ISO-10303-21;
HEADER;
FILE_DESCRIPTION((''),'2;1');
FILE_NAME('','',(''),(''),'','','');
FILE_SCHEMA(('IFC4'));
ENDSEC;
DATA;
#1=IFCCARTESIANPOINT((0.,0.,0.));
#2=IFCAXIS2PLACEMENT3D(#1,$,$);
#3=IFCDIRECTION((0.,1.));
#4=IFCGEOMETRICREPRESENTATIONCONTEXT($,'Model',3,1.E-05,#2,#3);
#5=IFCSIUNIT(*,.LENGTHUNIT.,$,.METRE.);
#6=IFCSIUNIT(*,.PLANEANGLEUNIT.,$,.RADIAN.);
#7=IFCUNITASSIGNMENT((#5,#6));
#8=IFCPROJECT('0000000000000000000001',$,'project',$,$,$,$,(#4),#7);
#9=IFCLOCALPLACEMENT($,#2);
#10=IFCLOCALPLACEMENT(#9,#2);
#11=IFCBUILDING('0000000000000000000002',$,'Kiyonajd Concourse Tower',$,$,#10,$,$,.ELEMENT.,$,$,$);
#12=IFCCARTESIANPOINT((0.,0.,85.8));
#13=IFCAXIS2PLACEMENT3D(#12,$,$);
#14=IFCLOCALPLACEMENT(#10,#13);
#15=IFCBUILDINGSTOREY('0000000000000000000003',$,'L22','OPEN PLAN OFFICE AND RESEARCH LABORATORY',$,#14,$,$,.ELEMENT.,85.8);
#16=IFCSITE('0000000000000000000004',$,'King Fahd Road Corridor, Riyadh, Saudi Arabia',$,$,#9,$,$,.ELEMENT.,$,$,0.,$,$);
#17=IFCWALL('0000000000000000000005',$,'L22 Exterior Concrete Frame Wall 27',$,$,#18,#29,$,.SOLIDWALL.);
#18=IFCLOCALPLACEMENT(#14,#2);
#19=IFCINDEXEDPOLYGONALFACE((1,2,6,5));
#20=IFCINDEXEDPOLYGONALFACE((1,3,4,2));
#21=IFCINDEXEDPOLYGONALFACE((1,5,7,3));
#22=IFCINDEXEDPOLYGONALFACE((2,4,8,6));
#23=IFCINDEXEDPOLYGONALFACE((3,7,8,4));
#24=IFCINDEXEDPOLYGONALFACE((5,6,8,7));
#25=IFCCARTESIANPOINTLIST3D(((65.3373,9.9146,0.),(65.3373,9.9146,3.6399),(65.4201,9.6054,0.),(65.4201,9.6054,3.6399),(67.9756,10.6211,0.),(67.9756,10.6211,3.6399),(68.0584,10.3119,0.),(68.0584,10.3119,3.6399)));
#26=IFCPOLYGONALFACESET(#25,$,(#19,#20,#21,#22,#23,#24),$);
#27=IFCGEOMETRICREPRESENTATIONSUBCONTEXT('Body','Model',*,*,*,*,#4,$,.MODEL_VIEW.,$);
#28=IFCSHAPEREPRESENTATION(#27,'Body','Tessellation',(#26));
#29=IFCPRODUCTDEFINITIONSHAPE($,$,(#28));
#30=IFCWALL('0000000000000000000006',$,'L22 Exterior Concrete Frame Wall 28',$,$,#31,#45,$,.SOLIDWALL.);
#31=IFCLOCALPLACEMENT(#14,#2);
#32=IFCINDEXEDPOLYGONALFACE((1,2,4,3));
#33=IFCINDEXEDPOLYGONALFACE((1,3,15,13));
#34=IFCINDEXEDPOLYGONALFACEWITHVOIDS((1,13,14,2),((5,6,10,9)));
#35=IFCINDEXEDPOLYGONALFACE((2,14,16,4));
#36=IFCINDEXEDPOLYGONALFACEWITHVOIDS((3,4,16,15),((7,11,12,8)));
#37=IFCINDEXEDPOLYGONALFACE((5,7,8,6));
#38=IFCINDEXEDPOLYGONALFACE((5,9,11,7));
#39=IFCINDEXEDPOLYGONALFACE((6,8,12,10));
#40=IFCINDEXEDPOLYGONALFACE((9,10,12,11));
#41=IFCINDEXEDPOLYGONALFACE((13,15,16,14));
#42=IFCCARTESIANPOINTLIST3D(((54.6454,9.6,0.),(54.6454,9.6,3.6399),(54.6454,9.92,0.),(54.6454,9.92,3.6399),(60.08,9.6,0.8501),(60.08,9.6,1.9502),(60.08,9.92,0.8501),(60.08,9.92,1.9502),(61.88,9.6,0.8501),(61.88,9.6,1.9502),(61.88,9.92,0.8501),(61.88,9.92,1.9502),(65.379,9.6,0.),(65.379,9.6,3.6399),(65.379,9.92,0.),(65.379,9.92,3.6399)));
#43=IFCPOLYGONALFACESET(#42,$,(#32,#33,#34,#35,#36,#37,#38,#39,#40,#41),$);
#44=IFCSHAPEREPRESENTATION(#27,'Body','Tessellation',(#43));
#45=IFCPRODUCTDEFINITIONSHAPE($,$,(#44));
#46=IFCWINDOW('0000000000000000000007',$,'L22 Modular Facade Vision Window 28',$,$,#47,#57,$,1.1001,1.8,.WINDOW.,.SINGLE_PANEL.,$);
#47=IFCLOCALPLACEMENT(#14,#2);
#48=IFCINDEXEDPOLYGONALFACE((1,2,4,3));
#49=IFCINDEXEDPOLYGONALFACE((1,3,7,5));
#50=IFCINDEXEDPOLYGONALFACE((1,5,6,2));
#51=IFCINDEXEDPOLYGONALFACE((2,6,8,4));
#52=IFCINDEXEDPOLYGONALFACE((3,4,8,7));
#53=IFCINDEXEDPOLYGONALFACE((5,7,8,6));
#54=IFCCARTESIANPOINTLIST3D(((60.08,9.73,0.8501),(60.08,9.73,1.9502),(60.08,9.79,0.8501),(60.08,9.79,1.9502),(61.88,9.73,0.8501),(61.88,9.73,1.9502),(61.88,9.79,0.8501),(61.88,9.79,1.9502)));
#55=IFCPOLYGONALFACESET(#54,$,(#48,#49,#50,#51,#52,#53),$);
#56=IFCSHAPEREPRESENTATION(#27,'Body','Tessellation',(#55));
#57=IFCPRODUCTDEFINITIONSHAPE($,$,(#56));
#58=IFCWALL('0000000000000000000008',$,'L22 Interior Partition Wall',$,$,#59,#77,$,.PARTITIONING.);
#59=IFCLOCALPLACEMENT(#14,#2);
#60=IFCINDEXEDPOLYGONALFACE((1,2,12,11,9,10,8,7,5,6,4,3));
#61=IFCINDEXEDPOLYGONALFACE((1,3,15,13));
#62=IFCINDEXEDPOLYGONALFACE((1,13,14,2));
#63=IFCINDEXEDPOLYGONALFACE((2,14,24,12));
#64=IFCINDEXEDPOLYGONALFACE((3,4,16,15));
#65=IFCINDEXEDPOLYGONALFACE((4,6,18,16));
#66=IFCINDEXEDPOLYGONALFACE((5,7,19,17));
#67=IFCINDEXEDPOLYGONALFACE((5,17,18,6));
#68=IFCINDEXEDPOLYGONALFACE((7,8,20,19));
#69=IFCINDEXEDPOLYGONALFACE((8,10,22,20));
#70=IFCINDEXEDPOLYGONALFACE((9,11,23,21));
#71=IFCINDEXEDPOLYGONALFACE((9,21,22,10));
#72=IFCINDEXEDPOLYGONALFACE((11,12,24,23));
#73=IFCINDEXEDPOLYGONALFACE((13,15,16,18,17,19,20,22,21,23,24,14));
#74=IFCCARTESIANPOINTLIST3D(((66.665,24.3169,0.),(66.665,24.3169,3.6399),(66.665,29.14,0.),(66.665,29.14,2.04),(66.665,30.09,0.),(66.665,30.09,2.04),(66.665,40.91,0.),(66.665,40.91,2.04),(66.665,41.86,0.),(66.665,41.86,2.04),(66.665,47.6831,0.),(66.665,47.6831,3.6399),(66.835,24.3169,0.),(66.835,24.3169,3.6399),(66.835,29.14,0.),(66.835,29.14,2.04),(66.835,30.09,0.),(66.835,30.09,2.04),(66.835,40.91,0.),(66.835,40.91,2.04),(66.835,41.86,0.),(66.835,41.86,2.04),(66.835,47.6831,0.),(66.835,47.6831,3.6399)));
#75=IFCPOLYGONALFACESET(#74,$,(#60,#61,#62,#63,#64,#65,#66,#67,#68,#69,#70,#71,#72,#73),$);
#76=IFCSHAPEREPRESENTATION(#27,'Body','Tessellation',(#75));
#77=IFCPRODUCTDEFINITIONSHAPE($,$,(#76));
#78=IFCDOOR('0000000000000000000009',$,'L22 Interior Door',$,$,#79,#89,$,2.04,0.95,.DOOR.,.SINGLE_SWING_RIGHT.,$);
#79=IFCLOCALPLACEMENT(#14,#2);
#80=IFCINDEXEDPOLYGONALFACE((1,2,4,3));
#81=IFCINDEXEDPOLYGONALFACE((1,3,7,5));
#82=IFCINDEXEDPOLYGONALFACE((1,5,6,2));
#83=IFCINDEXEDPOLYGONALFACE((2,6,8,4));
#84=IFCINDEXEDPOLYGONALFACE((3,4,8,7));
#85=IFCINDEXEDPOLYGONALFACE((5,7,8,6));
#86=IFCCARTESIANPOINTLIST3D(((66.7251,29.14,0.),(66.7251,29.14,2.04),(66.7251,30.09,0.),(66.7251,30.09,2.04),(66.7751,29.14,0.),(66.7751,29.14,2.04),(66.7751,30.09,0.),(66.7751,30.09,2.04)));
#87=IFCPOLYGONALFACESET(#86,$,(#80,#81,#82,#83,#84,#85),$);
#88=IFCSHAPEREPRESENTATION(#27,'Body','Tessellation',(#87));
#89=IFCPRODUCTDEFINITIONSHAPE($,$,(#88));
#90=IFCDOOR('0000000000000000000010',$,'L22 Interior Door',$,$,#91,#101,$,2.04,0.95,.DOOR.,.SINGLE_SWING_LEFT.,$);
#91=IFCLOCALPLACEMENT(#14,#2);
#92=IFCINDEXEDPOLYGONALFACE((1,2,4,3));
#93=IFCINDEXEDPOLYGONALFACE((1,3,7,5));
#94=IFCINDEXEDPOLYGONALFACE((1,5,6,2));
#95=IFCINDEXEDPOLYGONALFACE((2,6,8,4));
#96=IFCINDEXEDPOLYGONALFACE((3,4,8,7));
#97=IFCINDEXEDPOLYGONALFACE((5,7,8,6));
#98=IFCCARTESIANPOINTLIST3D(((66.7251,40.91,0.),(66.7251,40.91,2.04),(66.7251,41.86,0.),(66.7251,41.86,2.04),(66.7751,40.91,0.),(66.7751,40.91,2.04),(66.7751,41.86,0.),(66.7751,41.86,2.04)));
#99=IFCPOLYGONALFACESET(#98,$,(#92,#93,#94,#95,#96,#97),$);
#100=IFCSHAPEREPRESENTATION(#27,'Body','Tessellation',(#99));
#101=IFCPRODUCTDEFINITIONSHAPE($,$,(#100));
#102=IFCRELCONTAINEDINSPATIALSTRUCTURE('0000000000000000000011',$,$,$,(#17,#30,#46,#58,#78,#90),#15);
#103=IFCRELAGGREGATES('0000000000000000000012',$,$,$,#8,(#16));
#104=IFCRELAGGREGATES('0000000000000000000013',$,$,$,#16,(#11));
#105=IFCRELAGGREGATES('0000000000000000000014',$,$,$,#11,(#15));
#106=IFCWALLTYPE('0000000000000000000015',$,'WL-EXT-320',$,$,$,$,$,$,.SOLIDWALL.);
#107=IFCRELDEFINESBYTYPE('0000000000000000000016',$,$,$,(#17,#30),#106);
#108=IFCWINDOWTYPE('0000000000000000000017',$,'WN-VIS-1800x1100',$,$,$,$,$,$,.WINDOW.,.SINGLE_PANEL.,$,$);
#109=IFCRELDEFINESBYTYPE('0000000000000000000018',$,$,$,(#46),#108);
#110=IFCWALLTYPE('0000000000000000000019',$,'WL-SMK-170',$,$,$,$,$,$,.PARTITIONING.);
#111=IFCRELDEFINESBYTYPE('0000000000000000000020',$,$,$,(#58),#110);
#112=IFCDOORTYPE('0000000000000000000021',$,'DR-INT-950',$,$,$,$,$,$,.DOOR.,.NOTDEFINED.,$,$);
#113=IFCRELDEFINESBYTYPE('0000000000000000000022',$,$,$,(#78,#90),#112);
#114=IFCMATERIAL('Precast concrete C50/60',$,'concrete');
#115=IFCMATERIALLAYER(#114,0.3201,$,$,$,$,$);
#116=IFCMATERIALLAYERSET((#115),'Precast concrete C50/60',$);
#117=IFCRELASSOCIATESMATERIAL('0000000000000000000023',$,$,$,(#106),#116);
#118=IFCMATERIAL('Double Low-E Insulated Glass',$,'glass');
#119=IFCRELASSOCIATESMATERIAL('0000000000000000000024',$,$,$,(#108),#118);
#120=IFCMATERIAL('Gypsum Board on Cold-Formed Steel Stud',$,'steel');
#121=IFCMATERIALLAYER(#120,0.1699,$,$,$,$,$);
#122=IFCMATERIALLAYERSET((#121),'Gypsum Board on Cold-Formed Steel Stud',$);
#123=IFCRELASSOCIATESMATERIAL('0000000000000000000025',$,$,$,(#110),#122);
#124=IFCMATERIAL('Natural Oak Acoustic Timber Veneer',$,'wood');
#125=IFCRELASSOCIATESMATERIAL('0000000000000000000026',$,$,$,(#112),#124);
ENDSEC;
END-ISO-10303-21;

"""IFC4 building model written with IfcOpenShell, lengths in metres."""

from ifc_helpers import new_model, si_unit, direction, frame, frame_2d, origin, place, context, subcontext, project, spatial, rectangle, extrude, material, layer, layer_set, type_object, element, fill, save


model = new_model("IFC4")

# Units and contexts
model_context = context("Model", 3, precision=1e-05, world=origin(), true_north=direction((0.0, 1.0)))
body_context = subcontext(model_context, "Body", "Model", "MODEL_VIEW")
ifc_project = project(units=[si_unit("LENGTHUNIT", "METRE"), si_unit("PLANEANGLEUNIT", "RADIAN")], contexts=[model_context])

# Site, building, storey
site_placement = place(None, origin())
site = spatial("IfcSite", under=ifc_project, at=site_placement, Name="King Fahd Road Corridor, Riyadh, Saudi Arabia", CompositionType="ELEMENT", RefElevation=0.0)
building_placement = place(site_placement, origin())
building = spatial("IfcBuilding", under=site, at=building_placement, Name="Kiyonajd Concourse Tower", CompositionType="ELEMENT")
storey_placement = place(building_placement, frame((0.0, 0.0, 85.8)))
storey = spatial("IfcBuildingStorey", under=building, at=storey_placement, Name="L22", Description="OPEN PLAN OFFICE AND RESEARCH LABORATORY", CompositionType="ELEMENT", Elevation=85.8)

# Shared definitions
ifc_material_1 = material(Name="Precast concrete C50/60", Category="concrete")

# Shared definitions
ifc_material_2 = material(Name="Double Low-E Insulated Glass", Category="glass")

# Wall
ifc_layer_1 = layer(ifc_material_1, 0.3201)
ifc_layer_set_1 = layer_set([ifc_layer_1], Name="Precast concrete C50/60")
wall_type_1 = type_object("IfcWallType", Name="WL-EXT-320", PredefinedType="SOLIDWALL", material=ifc_layer_set_1)
wall_1_placement = place(storey_placement, frame((68.0171, 10.4666, 0.0), z_axis=(0.0, 0.0, 1.0), x_axis=(-0.965958, -0.258697, 0.0)))
element("IfcWall", 1, at=wall_1_placement, inside=storey, type_object=wall_type_1, Name="L22 Exterior Concrete Frame Wall 27", PredefinedType="SOLIDWALL", context=body_context, shape_type="SweptSolid", body=[
    extrude(rectangle(XDim=2.7312, YDim=0.3201, at=frame_2d((1.3657, 0.0))), origin(), (0.0, 0.0, 1.0), 3.6399),
])

# Wall, opening, window
wall_2_placement = place(storey_placement, frame((65.3789, 9.76, 0.0), z_axis=(0.0, 0.0, 1.0), x_axis=(-1.0, 0.0, 0.0)))
wall_2 = element("IfcWall", 2, at=wall_2_placement, inside=storey, type_object=wall_type_1, Name="L22 Exterior Concrete Frame Wall 28", PredefinedType="SOLIDWALL", context=body_context, shape_type="SweptSolid", body=[
    extrude(rectangle(XDim=10.7336, YDim=0.3201, at=frame_2d((5.3667, 0.0))), origin(), (0.0, 0.0, 1.0), 3.6399),
])
opening_1_placement = place(wall_2_placement, frame((3.499, 0.0, 0.8501)))
opening_1 = element("IfcOpeningElement", 3, at=opening_1_placement, cuts=wall_2, PredefinedType="OPENING", context=body_context, shape_type="SweptSolid", body=[
    extrude(rectangle(XDim=1.8, YDim=1.1001, at=frame_2d((0.8999, 0.55))), frame((0.0, 0.1699, 0.0), z_axis=(0.0, -1.0, 0.0), x_axis=(1.0, 0.0, 0.0)), (0.0, 0.0, 1.0), 0.3401),
])
window_type = type_object("IfcWindowType", Name="WN-VIS-1800x1100", PartitioningType="SINGLE_PANEL", PredefinedType="WINDOW", material=ifc_material_2)
window_placement = place(opening_1_placement, origin())
window = element("IfcWindow", 4, at=window_placement, inside=storey, type_object=window_type, Name="L22 Modular Facade Vision Window 28", OverallHeight=1.1001, OverallWidth=1.8, PartitioningType="SINGLE_PANEL", PredefinedType="WINDOW", context=body_context, shape_type="SweptSolid", body=[
    extrude(rectangle(XDim=1.8, YDim=1.1001, at=frame_2d((0.8999, 0.55))), frame((0.0, 0.03, 0.0), z_axis=(0.0, -1.0, 0.0), x_axis=(1.0, 0.0, 0.0)), (0.0, 0.0, 1.0), 0.0601),
])
fill(opening_1, window)

# Wall, openings, doors
ifc_material_3 = material(Name="Gypsum Board on Cold-Formed Steel Stud", Category="steel")
ifc_layer_2 = layer(ifc_material_3, 0.1699)
ifc_layer_set_2 = layer_set([ifc_layer_2], Name="Gypsum Board on Cold-Formed Steel Stud")
wall_type_2 = type_object("IfcWallType", Name="WL-SMK-170", PredefinedType="PARTITIONING", material=ifc_layer_set_2)
wall_3_placement = place(storey_placement, frame((66.75, 24.3169, 0.0), z_axis=(0.0, 0.0, 1.0), x_axis=(0.0, 1.0, 0.0)))
wall_3 = element("IfcWall", 5, at=wall_3_placement, inside=storey, type_object=wall_type_2, Name="L22 Interior Partition Wall", PredefinedType="PARTITIONING", context=body_context, shape_type="SweptSolid", body=[
    extrude(rectangle(XDim=23.3662, YDim=0.1699, at=frame_2d((11.6831, 0.0))), origin(), (0.0, 0.0, 1.0), 3.6399),
])
opening_2_placement = place(wall_3_placement, frame((4.823, 0.0, 0.0)))
opening_2 = element("IfcOpeningElement", 6, at=opening_2_placement, cuts=wall_3, PredefinedType="OPENING", context=body_context, shape_type="SweptSolid", body=[
    extrude(rectangle(XDim=0.95, YDim=2.04, at=frame_2d((0.4751, 1.02))), frame((0.0, 0.095, 0.0), z_axis=(0.0, -1.0, 0.0), x_axis=(1.0, 0.0, 0.0)), (0.0, 0.0, 1.0), 0.1899),
])
opening_3_placement = place(wall_3_placement, frame((16.593, 0.0, 0.0)))
opening_3 = element("IfcOpeningElement", 7, at=opening_3_placement, cuts=wall_3, PredefinedType="OPENING", context=body_context, shape_type="SweptSolid", body=[
    extrude(rectangle(XDim=0.95, YDim=2.04, at=frame_2d((0.4751, 1.02))), frame((0.0, 0.095, 0.0), z_axis=(0.0, -1.0, 0.0), x_axis=(1.0, 0.0, 0.0)), (0.0, 0.0, 1.0), 0.1899),
])
ifc_material_4 = material(Name="Natural Oak Acoustic Timber Veneer", Category="wood")
door_type = type_object("IfcDoorType", Name="DR-INT-950", OperationType="NOTDEFINED", PredefinedType="DOOR", material=ifc_material_4)
door_1_placement = place(opening_2_placement, origin())
door_1 = element("IfcDoor", 8, at=door_1_placement, inside=storey, type_object=door_type, Name="L22 Interior Door", OperationType="SINGLE_SWING_RIGHT", OverallHeight=2.04, OverallWidth=0.95, PredefinedType="DOOR", context=body_context, shape_type="SweptSolid", body=[
    extrude(rectangle(XDim=0.95, YDim=2.04, at=frame_2d((0.4751, 1.02))), frame((0.0, 0.0249, 0.0), z_axis=(0.0, -1.0, 0.0), x_axis=(1.0, 0.0, 0.0)), (0.0, 0.0, 1.0), 0.05),
])
fill(opening_2, door_1)
door_2_placement = place(opening_3_placement, origin())
door_2 = element("IfcDoor", 9, at=door_2_placement, inside=storey, type_object=door_type, Name="L22 Interior Door", OperationType="SINGLE_SWING_LEFT", OverallHeight=2.04, OverallWidth=0.95, PredefinedType="DOOR", context=body_context, shape_type="SweptSolid", body=[
    extrude(rectangle(XDim=0.95, YDim=2.04, at=frame_2d((0.4751, 1.02))), frame((0.0, 0.0249, 0.0), z_axis=(0.0, -1.0, 0.0), x_axis=(1.0, 0.0, 0.0)), (0.0, 0.0, 1.0), 0.05),
])
fill(opening_3, door_2)

save(model, "model.ifc")
